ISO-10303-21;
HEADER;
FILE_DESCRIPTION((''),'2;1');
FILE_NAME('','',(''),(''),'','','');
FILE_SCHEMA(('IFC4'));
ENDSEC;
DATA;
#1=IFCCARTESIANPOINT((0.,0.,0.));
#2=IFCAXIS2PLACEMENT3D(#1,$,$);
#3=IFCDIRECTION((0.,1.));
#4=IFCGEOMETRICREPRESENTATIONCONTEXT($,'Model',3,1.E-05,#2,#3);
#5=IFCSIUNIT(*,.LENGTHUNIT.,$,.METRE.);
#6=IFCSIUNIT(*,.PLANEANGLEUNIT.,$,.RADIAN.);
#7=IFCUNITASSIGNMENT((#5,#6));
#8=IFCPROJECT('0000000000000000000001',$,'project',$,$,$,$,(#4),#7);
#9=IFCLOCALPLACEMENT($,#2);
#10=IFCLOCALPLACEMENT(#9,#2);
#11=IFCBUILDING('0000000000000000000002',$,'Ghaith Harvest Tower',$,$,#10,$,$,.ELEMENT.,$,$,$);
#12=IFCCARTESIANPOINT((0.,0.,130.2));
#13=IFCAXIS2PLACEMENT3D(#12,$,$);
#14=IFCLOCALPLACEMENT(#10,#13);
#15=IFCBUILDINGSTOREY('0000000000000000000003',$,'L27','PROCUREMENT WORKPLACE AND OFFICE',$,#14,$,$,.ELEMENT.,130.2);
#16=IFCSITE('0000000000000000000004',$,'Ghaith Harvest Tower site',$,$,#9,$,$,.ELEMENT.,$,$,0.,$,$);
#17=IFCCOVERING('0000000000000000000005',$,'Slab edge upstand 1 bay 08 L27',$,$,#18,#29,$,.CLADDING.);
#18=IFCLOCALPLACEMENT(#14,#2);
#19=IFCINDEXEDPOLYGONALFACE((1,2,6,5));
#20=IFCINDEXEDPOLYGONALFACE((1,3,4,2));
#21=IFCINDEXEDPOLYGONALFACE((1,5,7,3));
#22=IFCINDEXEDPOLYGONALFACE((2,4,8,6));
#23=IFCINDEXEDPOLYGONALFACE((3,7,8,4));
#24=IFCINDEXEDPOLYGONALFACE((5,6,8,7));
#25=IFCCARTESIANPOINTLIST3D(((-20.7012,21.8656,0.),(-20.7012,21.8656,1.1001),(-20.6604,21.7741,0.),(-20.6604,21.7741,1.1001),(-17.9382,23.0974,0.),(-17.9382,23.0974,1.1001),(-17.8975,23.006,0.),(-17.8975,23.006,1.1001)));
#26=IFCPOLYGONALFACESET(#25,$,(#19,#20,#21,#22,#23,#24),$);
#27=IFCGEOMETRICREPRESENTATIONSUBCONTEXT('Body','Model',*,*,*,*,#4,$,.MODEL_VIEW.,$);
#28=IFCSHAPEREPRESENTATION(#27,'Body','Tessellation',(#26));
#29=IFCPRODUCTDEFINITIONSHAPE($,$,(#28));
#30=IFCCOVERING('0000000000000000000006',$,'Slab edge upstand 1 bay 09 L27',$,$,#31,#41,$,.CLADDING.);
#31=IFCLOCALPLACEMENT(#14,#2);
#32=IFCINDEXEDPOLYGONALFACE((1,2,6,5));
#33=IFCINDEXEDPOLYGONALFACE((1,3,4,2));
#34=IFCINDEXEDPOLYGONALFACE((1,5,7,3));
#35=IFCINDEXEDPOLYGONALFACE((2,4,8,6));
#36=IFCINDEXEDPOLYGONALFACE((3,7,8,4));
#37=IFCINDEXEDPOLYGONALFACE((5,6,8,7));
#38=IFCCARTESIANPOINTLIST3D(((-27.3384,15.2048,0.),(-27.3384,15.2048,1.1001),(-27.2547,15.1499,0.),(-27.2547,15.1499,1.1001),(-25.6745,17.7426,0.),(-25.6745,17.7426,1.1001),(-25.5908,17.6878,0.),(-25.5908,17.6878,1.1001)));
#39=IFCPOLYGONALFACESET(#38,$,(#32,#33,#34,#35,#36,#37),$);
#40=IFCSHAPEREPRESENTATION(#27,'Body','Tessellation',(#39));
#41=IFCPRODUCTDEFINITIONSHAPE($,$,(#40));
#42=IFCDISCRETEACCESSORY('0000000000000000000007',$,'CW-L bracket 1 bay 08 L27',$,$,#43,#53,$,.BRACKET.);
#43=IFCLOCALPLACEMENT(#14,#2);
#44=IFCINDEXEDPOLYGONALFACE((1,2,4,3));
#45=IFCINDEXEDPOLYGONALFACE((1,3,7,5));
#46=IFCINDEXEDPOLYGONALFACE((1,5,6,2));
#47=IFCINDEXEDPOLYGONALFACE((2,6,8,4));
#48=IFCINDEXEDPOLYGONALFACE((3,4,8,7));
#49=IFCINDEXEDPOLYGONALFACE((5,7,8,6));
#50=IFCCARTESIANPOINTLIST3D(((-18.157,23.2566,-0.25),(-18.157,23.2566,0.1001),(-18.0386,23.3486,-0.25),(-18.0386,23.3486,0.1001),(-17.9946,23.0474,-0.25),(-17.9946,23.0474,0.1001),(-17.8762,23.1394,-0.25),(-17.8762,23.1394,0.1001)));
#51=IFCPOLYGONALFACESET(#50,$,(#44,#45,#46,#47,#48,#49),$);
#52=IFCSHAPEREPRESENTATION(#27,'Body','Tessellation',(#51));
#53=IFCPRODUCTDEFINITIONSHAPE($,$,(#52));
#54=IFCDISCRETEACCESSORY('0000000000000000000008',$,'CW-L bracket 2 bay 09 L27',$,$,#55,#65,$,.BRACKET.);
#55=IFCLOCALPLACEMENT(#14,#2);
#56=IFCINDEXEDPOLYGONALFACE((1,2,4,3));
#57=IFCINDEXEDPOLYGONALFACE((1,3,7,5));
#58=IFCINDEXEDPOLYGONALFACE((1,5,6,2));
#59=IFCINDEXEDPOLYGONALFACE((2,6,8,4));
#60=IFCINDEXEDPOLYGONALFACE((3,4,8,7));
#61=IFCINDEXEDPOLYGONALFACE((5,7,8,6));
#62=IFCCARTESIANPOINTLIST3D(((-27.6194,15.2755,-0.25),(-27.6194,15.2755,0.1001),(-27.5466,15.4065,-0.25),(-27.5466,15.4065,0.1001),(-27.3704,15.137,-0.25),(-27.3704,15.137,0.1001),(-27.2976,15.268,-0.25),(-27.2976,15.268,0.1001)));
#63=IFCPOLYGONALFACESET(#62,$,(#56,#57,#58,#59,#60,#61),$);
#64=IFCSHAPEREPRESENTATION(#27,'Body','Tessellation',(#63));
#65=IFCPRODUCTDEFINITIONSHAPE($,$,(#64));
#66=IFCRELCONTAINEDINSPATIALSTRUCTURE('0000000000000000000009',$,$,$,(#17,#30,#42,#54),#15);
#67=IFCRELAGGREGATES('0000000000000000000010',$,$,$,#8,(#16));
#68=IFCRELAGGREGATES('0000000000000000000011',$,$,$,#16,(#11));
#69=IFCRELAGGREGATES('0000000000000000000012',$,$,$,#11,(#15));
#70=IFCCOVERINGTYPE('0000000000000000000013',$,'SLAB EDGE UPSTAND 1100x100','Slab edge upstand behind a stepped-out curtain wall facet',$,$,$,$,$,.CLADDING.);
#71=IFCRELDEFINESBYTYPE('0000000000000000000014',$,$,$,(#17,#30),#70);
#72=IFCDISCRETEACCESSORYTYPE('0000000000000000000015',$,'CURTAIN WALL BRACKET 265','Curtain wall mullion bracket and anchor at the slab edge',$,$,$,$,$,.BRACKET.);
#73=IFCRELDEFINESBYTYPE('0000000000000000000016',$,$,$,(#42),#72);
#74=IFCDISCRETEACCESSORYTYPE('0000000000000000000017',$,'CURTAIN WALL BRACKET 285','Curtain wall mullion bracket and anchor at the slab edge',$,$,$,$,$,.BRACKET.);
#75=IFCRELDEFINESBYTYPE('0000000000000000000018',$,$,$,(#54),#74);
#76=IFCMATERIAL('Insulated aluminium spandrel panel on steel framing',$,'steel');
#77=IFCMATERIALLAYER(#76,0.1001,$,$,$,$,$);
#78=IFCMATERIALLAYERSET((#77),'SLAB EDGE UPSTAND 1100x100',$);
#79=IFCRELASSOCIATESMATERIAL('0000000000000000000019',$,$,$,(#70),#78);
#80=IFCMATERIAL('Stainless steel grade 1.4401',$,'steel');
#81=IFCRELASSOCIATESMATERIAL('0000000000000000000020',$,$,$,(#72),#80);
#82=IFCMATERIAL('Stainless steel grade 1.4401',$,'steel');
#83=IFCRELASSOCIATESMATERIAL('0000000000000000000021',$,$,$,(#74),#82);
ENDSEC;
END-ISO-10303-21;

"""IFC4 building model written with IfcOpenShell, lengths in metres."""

from ifc_helpers import new_model, si_unit, direction, frame, origin, origin_2d, place, context, subcontext, project, spatial, rectangle, extrude, material, layer, layer_set, type_object, element, save


model = new_model("IFC4")

# Units and contexts
model_context = context("Model", 3, precision=1e-05, world=origin(), true_north=direction((0.0, 1.0)))
body_context = subcontext(model_context, "Body", "Model", "MODEL_VIEW")
ifc_project = project(units=[si_unit("LENGTHUNIT", "METRE"), si_unit("PLANEANGLEUNIT", "RADIAN")], contexts=[model_context])

# Site, building, storey
site_placement = place(None, origin())
site = spatial("IfcSite", under=ifc_project, at=site_placement, Name="Ghaith Harvest Tower site", CompositionType="ELEMENT", RefElevation=0.0)
building_placement = place(site_placement, origin())
building = spatial("IfcBuilding", under=site, at=building_placement, Name="Ghaith Harvest Tower", CompositionType="ELEMENT")
storey_placement = place(building_placement, frame((0.0, 0.0, 130.2)))
storey = spatial("IfcBuildingStorey", under=building, at=storey_placement, Name="L27", Description="PROCUREMENT WORKPLACE AND OFFICE", CompositionType="ELEMENT", Elevation=130.2)

# Coverings
ifc_material_1 = material(Name="Insulated aluminium spandrel panel on steel framing", Category="steel")
ifc_layer_1 = layer(ifc_material_1, 0.1001)
ifc_layer_set_1 = layer_set([ifc_layer_1], Name="SLAB EDGE UPSTAND 1100x100")
covering_type = type_object("IfcCoveringType", Name="SLAB EDGE UPSTAND 1100x100", Description="Slab edge upstand behind a stepped-out curtain wall facet", PredefinedType="CLADDING", material=ifc_layer_set_1)
covering_1_placement = place(storey_placement, frame((-19.2993, 22.4358, 0.0), z_axis=(0.0, 0.0, 1.0), x_axis=(-0.913335, -0.40721, 0.0)))
element("IfcCovering", 1, at=covering_1_placement, inside=storey, type_object=covering_type, Name="Slab edge upstand 1 bay 08 L27", PredefinedType="CLADDING", context=body_context, shape_type="SweptSolid", body=[
    extrude(rectangle(XDim=3.0251, YDim=0.1001, at=origin_2d()), origin(), (0.0, 0.0, 1.0), 1.1001),
])
covering_2_placement = place(storey_placement, frame((-26.4646, 16.4463, 0.0), z_axis=(0.0, 0.0, 1.0), x_axis=(-0.548312, -0.836274, 0.0)))
element("IfcCovering", 2, at=covering_2_placement, inside=storey, type_object=covering_type, Name="Slab edge upstand 1 bay 09 L27", PredefinedType="CLADDING", context=body_context, shape_type="SweptSolid", body=[
    extrude(rectangle(XDim=3.0347, YDim=0.1001, at=origin_2d()), origin(), (0.0, 0.0, 1.0), 1.1001),
])

# Discrete accessories
ifc_material_2 = material(Name="Stainless steel grade 1.4401", Category="steel")
discrete_accessory_type_1 = type_object("IfcDiscreteAccessoryType", Name="CURTAIN WALL BRACKET 265", Description="Curtain wall mullion bracket and anchor at the slab edge", PredefinedType="BRACKET", material=ifc_material_2)
discrete_accessory_1_placement = place(storey_placement, frame((-18.0166, 23.198, -0.25), z_axis=(0.0, 0.0, 1.0), x_axis=(-0.613378, 0.78979, 0.0)))
element("IfcDiscreteAccessory", 3, at=discrete_accessory_1_placement, inside=storey, type_object=discrete_accessory_type_1, Name="CW-L bracket 1 bay 08 L27", PredefinedType="BRACKET", context=body_context, shape_type="SweptSolid", body=[
    extrude(rectangle(XDim=0.2649, YDim=0.1499, at=origin_2d()), origin(), (0.0, 0.0, 1.0), 0.3501),
])
ifc_material_3 = material(Name="Stainless steel grade 1.4401", Category="steel")
discrete_accessory_type_2 = type_object("IfcDiscreteAccessoryType", Name="CURTAIN WALL BRACKET 285", Description="Curtain wall mullion bracket and anchor at the slab edge", PredefinedType="BRACKET", material=ifc_material_3)
discrete_accessory_2_placement = place(storey_placement, frame((-27.4585, 15.2717, -0.25), z_axis=(0.0, 0.0, 1.0), x_axis=(-0.873927, 0.486057, 0.0)))
element("IfcDiscreteAccessory", 4, at=discrete_accessory_2_placement, inside=storey, type_object=discrete_accessory_type_2, Name="CW-L bracket 2 bay 09 L27", PredefinedType="BRACKET", context=body_context, shape_type="SweptSolid", body=[
    extrude(rectangle(XDim=0.2849, YDim=0.1499, at=origin_2d()), origin(), (0.0, 0.0, 1.0), 0.3501),
])

save(model, "model.ifc")
